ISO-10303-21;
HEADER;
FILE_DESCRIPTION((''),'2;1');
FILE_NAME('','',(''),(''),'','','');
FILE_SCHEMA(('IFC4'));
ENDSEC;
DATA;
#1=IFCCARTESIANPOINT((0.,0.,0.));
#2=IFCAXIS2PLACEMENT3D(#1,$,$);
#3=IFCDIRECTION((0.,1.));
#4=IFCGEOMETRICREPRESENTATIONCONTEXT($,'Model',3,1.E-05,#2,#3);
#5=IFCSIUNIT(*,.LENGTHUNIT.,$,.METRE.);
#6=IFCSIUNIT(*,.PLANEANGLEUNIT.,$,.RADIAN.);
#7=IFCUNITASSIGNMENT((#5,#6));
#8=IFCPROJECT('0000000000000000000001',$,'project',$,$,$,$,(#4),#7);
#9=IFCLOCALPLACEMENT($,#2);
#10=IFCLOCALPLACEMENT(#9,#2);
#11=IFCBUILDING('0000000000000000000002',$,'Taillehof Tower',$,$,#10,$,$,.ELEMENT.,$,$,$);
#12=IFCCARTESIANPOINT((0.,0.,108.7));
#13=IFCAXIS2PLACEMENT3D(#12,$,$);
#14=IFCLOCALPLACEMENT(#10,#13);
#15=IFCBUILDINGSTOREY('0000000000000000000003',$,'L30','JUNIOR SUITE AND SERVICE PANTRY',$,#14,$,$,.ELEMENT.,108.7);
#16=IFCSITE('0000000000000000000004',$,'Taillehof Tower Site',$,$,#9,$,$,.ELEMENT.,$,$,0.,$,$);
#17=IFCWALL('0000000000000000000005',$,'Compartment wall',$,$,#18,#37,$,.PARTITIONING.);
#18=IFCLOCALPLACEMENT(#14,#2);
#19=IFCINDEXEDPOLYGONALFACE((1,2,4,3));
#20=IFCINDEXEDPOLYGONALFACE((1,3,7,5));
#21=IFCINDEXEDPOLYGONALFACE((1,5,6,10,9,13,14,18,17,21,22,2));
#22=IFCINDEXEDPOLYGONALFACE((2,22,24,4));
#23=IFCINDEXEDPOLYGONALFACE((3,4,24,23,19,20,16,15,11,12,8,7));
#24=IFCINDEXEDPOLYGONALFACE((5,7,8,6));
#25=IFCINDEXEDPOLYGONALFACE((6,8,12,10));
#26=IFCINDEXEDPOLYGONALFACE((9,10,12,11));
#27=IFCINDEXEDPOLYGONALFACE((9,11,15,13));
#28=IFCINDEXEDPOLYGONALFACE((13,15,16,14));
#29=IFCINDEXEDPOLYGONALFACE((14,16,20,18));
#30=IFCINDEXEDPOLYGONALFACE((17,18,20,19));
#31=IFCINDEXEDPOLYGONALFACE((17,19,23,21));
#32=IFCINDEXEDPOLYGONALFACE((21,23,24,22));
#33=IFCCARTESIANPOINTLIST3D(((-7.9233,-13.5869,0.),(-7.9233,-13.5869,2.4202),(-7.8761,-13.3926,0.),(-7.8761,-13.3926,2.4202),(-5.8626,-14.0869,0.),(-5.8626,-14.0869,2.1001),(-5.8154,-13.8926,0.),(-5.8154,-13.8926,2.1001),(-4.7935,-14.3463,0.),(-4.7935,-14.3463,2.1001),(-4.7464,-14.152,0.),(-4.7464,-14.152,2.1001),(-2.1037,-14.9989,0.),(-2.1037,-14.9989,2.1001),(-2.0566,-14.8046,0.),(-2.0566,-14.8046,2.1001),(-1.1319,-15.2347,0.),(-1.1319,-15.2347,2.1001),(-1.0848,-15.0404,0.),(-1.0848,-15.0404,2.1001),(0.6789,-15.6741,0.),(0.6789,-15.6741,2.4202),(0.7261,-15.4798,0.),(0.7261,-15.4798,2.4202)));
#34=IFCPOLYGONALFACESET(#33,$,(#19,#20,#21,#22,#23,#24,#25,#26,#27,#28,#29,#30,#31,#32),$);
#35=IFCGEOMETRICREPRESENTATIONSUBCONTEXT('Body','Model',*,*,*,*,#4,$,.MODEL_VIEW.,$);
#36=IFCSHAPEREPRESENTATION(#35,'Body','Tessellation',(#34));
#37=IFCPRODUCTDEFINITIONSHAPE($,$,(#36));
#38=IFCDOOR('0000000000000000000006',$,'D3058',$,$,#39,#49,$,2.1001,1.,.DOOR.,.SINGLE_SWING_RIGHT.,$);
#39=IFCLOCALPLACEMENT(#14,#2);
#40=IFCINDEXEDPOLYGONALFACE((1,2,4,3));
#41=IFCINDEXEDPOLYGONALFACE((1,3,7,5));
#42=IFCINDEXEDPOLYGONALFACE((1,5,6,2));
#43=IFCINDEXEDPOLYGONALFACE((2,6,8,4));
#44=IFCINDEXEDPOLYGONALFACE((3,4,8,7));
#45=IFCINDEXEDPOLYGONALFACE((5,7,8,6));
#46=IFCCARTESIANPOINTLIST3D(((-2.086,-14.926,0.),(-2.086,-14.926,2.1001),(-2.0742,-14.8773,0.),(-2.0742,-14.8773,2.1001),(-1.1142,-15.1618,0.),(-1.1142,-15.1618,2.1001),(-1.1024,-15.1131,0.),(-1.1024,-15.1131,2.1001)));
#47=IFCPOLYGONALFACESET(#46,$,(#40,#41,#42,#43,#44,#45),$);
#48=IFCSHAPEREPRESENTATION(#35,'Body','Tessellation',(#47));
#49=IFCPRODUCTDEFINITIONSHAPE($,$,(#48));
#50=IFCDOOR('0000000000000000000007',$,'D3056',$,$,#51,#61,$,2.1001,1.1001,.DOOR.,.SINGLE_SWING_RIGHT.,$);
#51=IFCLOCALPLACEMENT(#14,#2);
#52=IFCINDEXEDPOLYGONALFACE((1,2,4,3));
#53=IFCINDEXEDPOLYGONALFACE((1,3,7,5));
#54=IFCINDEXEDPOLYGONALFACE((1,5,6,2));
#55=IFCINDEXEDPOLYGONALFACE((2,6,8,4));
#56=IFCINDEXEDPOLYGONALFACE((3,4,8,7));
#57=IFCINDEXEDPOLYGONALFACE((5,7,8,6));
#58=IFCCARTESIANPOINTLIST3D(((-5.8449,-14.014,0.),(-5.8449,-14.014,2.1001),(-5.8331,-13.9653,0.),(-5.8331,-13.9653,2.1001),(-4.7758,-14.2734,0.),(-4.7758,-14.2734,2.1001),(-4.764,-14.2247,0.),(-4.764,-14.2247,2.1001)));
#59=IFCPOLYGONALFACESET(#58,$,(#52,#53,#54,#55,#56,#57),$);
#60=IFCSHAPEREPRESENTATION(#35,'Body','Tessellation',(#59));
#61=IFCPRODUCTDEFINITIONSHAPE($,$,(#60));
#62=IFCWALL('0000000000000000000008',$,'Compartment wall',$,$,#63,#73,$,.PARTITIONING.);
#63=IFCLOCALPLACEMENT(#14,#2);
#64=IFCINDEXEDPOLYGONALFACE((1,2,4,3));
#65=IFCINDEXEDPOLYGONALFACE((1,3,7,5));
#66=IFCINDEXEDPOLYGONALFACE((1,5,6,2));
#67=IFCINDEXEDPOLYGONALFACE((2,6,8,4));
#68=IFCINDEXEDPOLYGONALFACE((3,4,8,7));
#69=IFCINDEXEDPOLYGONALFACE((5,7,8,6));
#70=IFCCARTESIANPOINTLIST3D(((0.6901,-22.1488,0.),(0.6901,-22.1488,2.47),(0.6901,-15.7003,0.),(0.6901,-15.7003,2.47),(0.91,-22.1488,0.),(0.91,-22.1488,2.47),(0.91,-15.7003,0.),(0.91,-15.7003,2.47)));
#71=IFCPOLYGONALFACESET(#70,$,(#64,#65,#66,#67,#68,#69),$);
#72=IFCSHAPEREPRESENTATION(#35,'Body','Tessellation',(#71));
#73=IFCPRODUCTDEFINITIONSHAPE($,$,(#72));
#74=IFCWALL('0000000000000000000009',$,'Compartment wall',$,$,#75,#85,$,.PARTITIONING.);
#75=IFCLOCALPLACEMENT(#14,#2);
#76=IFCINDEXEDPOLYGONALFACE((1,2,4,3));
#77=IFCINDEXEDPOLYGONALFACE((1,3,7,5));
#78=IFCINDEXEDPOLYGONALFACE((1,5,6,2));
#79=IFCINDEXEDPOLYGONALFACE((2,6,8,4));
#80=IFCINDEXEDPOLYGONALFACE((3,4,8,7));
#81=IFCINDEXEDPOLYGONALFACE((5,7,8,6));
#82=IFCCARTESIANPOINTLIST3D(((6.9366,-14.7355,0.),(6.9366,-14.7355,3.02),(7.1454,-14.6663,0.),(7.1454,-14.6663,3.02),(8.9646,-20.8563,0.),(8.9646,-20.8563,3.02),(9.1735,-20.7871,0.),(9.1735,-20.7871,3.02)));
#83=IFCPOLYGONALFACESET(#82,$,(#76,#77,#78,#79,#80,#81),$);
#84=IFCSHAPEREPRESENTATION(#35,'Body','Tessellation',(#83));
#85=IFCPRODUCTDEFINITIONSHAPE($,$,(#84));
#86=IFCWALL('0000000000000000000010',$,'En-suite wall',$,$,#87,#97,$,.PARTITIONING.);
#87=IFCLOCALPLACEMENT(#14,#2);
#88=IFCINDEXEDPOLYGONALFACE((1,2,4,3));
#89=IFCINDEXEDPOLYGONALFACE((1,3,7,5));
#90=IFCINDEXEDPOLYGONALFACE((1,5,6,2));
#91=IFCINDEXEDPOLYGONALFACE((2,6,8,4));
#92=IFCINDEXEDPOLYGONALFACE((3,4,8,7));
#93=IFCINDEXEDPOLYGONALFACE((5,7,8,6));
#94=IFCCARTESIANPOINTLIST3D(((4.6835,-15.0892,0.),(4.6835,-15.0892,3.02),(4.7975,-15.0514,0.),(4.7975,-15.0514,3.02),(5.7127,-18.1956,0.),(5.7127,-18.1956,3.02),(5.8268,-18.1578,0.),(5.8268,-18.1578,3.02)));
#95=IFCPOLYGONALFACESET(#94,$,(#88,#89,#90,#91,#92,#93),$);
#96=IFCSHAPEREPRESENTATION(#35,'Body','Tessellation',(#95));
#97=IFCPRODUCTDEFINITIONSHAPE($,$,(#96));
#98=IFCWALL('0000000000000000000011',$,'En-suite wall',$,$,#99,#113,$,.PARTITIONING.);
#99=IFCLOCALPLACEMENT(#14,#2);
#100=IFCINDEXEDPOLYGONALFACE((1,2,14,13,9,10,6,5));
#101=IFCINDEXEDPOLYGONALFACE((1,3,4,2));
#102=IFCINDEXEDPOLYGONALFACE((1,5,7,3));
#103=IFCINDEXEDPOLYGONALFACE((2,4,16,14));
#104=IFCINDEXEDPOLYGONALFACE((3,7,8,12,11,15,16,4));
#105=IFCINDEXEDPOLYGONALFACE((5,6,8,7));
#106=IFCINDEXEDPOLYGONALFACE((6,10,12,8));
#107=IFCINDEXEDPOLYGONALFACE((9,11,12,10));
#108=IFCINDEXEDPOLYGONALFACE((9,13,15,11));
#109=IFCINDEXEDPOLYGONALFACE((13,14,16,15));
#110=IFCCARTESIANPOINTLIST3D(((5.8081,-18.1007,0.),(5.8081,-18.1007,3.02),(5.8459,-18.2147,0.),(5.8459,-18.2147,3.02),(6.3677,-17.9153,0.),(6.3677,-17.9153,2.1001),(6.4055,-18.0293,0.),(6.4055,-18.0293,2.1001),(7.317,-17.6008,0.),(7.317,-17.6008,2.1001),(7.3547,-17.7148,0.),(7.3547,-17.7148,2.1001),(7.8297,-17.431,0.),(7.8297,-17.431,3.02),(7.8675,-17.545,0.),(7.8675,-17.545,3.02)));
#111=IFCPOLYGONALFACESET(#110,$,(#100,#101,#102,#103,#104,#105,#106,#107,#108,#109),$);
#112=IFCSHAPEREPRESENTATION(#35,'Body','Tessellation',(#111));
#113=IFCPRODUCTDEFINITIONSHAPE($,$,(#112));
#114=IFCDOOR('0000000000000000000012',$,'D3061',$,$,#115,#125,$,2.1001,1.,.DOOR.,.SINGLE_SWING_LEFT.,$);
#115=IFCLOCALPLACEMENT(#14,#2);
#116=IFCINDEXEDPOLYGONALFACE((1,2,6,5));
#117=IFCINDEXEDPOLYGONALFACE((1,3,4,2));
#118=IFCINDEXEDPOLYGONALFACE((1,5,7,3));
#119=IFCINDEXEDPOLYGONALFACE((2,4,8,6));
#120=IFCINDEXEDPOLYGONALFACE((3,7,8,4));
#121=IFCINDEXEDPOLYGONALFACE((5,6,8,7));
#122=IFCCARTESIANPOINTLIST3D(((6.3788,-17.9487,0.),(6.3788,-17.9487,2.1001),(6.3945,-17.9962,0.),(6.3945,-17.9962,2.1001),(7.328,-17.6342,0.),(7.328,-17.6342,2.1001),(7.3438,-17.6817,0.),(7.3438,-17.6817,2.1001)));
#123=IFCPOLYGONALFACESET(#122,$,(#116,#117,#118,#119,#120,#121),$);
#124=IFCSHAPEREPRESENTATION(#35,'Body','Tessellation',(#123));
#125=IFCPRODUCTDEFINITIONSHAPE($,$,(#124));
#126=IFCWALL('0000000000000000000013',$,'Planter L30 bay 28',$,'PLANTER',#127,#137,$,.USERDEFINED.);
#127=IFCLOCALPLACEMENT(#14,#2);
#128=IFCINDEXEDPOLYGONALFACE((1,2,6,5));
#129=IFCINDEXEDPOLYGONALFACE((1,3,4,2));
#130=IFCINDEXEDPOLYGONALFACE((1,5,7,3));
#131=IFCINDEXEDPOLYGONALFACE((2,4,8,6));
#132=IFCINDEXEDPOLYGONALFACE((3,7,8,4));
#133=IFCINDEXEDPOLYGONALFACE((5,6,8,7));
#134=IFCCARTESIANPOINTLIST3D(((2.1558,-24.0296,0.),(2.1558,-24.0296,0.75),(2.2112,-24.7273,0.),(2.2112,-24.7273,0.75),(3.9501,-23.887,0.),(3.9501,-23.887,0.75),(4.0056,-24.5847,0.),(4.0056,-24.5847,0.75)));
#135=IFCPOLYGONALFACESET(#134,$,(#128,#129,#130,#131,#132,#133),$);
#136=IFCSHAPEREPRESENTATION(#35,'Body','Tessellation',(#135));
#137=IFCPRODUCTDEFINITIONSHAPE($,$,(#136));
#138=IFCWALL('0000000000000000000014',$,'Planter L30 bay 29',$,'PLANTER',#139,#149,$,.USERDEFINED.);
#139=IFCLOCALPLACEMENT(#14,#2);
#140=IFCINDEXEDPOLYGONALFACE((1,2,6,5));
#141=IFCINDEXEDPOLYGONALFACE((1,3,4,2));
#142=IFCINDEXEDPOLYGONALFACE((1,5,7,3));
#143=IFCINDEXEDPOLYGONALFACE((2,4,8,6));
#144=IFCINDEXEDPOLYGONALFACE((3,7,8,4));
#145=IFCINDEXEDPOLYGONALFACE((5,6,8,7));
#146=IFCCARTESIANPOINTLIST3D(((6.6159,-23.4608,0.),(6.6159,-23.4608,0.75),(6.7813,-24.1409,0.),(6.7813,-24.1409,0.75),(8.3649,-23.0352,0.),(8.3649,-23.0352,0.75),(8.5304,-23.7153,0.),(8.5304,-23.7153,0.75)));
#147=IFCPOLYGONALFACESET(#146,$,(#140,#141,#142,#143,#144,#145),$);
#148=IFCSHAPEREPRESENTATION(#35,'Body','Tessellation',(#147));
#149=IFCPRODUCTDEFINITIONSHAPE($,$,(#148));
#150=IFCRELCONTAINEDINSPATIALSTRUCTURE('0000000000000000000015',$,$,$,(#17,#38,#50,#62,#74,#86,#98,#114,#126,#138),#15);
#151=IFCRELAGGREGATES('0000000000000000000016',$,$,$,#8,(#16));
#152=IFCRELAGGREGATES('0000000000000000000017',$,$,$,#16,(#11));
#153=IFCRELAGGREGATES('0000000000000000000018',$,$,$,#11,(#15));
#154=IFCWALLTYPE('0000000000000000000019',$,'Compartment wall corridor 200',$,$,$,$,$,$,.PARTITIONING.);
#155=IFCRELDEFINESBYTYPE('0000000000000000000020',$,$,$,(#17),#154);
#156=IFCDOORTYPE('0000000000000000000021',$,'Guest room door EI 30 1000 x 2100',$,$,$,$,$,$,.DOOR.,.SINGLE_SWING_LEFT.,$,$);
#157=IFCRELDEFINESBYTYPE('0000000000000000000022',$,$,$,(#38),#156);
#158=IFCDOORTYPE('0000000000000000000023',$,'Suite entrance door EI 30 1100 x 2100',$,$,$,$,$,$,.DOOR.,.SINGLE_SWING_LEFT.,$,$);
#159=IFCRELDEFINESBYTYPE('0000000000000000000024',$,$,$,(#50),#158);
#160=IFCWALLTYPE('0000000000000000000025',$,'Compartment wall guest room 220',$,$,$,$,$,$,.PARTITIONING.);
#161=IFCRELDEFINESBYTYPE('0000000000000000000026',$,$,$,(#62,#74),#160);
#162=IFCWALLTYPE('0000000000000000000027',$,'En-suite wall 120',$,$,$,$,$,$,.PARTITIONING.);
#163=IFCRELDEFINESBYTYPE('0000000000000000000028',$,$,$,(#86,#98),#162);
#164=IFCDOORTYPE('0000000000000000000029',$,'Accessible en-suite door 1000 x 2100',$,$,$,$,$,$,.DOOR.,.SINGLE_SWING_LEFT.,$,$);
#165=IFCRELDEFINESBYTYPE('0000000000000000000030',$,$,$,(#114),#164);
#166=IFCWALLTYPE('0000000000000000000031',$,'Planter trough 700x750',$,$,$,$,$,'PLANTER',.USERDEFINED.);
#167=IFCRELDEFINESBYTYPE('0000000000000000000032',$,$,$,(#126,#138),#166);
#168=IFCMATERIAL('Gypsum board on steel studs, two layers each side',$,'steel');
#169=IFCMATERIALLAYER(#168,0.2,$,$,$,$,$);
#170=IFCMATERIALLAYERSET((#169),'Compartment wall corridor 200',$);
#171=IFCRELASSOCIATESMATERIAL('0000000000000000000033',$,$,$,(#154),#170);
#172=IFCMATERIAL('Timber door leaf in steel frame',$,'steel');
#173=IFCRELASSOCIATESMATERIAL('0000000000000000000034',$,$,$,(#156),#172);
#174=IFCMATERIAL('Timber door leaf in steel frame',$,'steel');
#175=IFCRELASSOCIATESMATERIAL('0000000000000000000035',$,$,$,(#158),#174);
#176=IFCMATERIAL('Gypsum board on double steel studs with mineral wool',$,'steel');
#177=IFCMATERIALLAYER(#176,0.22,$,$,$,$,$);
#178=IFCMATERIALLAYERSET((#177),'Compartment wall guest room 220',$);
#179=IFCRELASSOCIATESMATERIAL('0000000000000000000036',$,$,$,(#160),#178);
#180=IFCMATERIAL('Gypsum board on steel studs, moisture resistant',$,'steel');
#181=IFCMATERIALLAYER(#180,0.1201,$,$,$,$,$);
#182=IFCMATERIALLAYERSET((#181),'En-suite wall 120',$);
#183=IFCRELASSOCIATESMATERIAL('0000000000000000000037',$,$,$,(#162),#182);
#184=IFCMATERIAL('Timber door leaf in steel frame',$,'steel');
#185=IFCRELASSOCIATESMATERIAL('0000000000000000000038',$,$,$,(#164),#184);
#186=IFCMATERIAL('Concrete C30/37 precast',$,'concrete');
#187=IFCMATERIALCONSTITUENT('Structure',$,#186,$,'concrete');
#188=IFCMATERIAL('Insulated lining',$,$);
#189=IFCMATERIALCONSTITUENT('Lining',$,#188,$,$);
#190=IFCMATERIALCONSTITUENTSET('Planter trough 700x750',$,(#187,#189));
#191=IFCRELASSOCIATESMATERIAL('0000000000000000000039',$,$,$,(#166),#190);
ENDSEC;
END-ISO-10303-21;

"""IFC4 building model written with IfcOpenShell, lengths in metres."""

from ifc_helpers import new_model, si_unit, direction, frame, frame_2d, origin, place, context, subcontext, project, spatial, rectangle, extrude, material, layer, layer_set, constituent, constituent_set, type_object, element, fill, save


model = new_model("IFC4")

# Units and contexts
model_context = context("Model", 3, precision=1e-05, world=origin(), true_north=direction((0.0, 1.0)))
body_context = subcontext(model_context, "Body", "Model", "MODEL_VIEW")
ifc_project = project(units=[si_unit("LENGTHUNIT", "METRE"), si_unit("PLANEANGLEUNIT", "RADIAN")], contexts=[model_context])

# Site, building, storey
site_placement = place(None, origin())
site = spatial("IfcSite", under=ifc_project, at=site_placement, Name="Taillehof Tower Site", CompositionType="ELEMENT", RefElevation=0.0)
building_placement = place(site_placement, origin())
building = spatial("IfcBuilding", under=site, at=building_placement, Name="Taillehof Tower", CompositionType="ELEMENT")
storey_placement = place(building_placement, frame((0.0, 0.0, 108.7)))
storey = spatial("IfcBuildingStorey", under=building, at=storey_placement, Name="L30", Description="JUNIOR SUITE AND SERVICE PANTRY", CompositionType="ELEMENT", Elevation=108.7)

# Wall, openings, doors
ifc_material_1 = material(Name="Gypsum board on steel studs, two layers each side", Category="steel")
ifc_layer_1 = layer(ifc_material_1, 0.2)
ifc_layer_set_1 = layer_set([ifc_layer_1], Name="Compartment wall corridor 200")
wall_type_1 = type_object("IfcWallType", Name="Compartment wall corridor 200", PredefinedType="PARTITIONING", material=ifc_layer_set_1)
wall_1_placement = place(storey_placement, frame((0.7024, -15.5769, 0.0), z_axis=(0.0, 0.0, 1.0), x_axis=(-0.971805, 0.235787, 0.0)))
wall_1 = element("IfcWall", 1, at=wall_1_placement, inside=storey, type_object=wall_type_1, Name="Compartment wall", PredefinedType="PARTITIONING", context=body_context, shape_type="SweptSolid", body=[
    extrude(rectangle(XDim=8.8518, YDim=0.2, at=frame_2d((4.4258, 0.0))), origin(), (0.0, 0.0, 1.0), 2.4202),
])
opening_1_placement = place(wall_1_placement, frame((5.6311, 0.0, 0.0)))
opening_1 = element("IfcOpeningElement", 2, at=opening_1_placement, cuts=wall_1, PredefinedType="OPENING", context=body_context, shape_type="SweptSolid", body=[
    extrude(rectangle(XDim=1.1001, YDim=2.1001, at=frame_2d((0.55, 1.05))), frame((0.0, 0.1099, 0.0), z_axis=(0.0, -1.0, 0.0), x_axis=(1.0, 0.0, 0.0)), (0.0, 0.0, 1.0), 0.22),
])
opening_2_placement = place(wall_1_placement, frame((1.8633, 0.0, 0.0)))
opening_2 = element("IfcOpeningElement", 3, at=opening_2_placement, cuts=wall_1, PredefinedType="OPENING", context=body_context, shape_type="SweptSolid", body=[
    extrude(rectangle(XDim=1.0, YDim=2.1001, at=frame_2d((0.5, 1.05))), frame((0.0, 0.1099, 0.0), z_axis=(0.0, -1.0, 0.0), x_axis=(1.0, 0.0, 0.0)), (0.0, 0.0, 1.0), 0.22),
])
ifc_material_2 = material(Name="Timber door leaf in steel frame", Category="steel")
door_type_1 = type_object("IfcDoorType", Name="Guest room door EI 30 1000 x 2100", OperationType="SINGLE_SWING_LEFT", PredefinedType="DOOR", material=ifc_material_2)
door_1_placement = place(opening_2_placement, origin())
door_1 = element("IfcDoor", 4, at=door_1_placement, inside=storey, type_object=door_type_1, Name="D3058", OperationType="SINGLE_SWING_RIGHT", OverallHeight=2.1001, OverallWidth=1.0, PredefinedType="DOOR", context=body_context, shape_type="SweptSolid", body=[
    extrude(rectangle(XDim=1.0, YDim=2.1001, at=frame_2d((0.5, 1.05))), frame((0.0, 0.0249, 0.0), z_axis=(0.0, -1.0, 0.0), x_axis=(1.0, 0.0, 0.0)), (0.0, 0.0, 1.0), 0.05),
])
fill(opening_2, door_1)
ifc_material_3 = material(Name="Timber door leaf in steel frame", Category="steel")
door_type_2 = type_object("IfcDoorType", Name="Suite entrance door EI 30 1100 x 2100", OperationType="SINGLE_SWING_LEFT", PredefinedType="DOOR", material=ifc_material_3)
door_2_placement = place(opening_1_placement, origin())
door_2 = element("IfcDoor", 5, at=door_2_placement, inside=storey, type_object=door_type_2, Name="D3056", OperationType="SINGLE_SWING_RIGHT", OverallHeight=2.1001, OverallWidth=1.1001, PredefinedType="DOOR", context=body_context, shape_type="SweptSolid", body=[
    extrude(rectangle(XDim=1.1001, YDim=2.1001, at=frame_2d((0.55, 1.05))), frame((0.0, 0.0249, 0.0), z_axis=(0.0, -1.0, 0.0), x_axis=(1.0, 0.0, 0.0)), (0.0, 0.0, 1.0), 0.05),
])
fill(opening_1, door_2)

# Walls
ifc_material_4 = material(Name="Gypsum board on double steel studs with mineral wool", Category="steel")
ifc_layer_2 = layer(ifc_material_4, 0.22)
ifc_layer_set_2 = layer_set([ifc_layer_2], Name="Compartment wall guest room 220")
wall_type_2 = type_object("IfcWallType", Name="Compartment wall guest room 220", PredefinedType="PARTITIONING", material=ifc_layer_set_2)
wall_2_placement = place(storey_placement, frame((0.8, -22.1487, 0.0), z_axis=(0.0, 0.0, 1.0), x_axis=(0.0, 1.0, 0.0)))
element("IfcWall", 6, at=wall_2_placement, inside=storey, type_object=wall_type_2, Name="Compartment wall", PredefinedType="PARTITIONING", context=body_context, shape_type="SweptSolid", body=[
    extrude(rectangle(XDim=6.4485, YDim=0.22, at=frame_2d((3.2241, 0.0))), origin(), (0.0, 0.0, 1.0), 2.47),
])
wall_3_placement = place(storey_placement, frame((9.0691, -20.8218, 0.0), z_axis=(0.0, 0.0, 1.0), x_axis=(-0.314523, 0.94925, 0.0)))
element("IfcWall", 7, at=wall_3_placement, inside=storey, type_object=wall_type_2, Name="Compartment wall", PredefinedType="PARTITIONING", context=body_context, shape_type="SweptSolid", body=[
    extrude(rectangle(XDim=6.448, YDim=0.22, at=frame_2d((3.2241, 0.0))), origin(), (0.0, 0.0, 1.0), 3.02),
])
ifc_material_5 = material(Name="Gypsum board on steel studs, moisture resistant", Category="steel")
ifc_layer_3 = layer(ifc_material_5, 0.1201)
ifc_layer_set_3 = layer_set([ifc_layer_3], Name="En-suite wall 120")
wall_type_3 = type_object("IfcWallType", Name="En-suite wall 120", PredefinedType="PARTITIONING", material=ifc_layer_set_3)
wall_4_placement = place(storey_placement, frame((4.7405, -15.0703, 0.0), z_axis=(0.0, 0.0, 1.0), x_axis=(0.314526, -0.949249, 0.0)))
element("IfcWall", 8, at=wall_4_placement, inside=storey, type_object=wall_type_3, Name="En-suite wall", PredefinedType="PARTITIONING", context=body_context, shape_type="SweptSolid", body=[
    extrude(rectangle(XDim=3.2725, YDim=0.1201, at=frame_2d((1.6362, 0.0))), origin(), (0.0, 0.0, 1.0), 3.02),
])

# Wall, opening, door
wall_5_placement = place(storey_placement, frame((5.8269, -18.1577, 0.0), z_axis=(0.0, 0.0, 1.0), x_axis=(0.949266, 0.314473, 0.0)))
wall_5 = element("IfcWall", 9, at=wall_5_placement, inside=storey, type_object=wall_type_3, Name="En-suite wall", PredefinedType="PARTITIONING", context=body_context, shape_type="SweptSolid", body=[
    extrude(rectangle(XDim=2.1296, YDim=0.1201, at=frame_2d((1.0649, 0.0))), origin(), (0.0, 0.0, 1.0), 3.02),
])
opening_3_placement = place(wall_5_placement, frame((0.5896, 0.0, 0.0)))
opening_3 = element("IfcOpeningElement", 10, at=opening_3_placement, cuts=wall_5, PredefinedType="OPENING", context=body_context, shape_type="SweptSolid", body=[
    extrude(rectangle(XDim=1.0, YDim=2.1001, at=frame_2d((0.5, 1.05))), frame((0.0, 0.0701, 0.0), z_axis=(0.0, -1.0, 0.0), x_axis=(1.0, 0.0, 0.0)), (0.0, 0.0, 1.0), 0.1401),
])
ifc_material_6 = material(Name="Timber door leaf in steel frame", Category="steel")
door_type_3 = type_object("IfcDoorType", Name="Accessible en-suite door 1000 x 2100", OperationType="SINGLE_SWING_LEFT", PredefinedType="DOOR", material=ifc_material_6)
door_3_placement = place(opening_3_placement, origin())
door_3 = element("IfcDoor", 11, at=door_3_placement, inside=storey, type_object=door_type_3, Name="D3061", OperationType="SINGLE_SWING_LEFT", OverallHeight=2.1001, OverallWidth=1.0, PredefinedType="DOOR", context=body_context, shape_type="SweptSolid", body=[
    extrude(rectangle(XDim=1.0, YDim=2.1001, at=frame_2d((0.5, 1.05))), frame((0.0, 0.0249, 0.0), z_axis=(0.0, -1.0, 0.0), x_axis=(1.0, 0.0, 0.0)), (0.0, 0.0, 1.0), 0.05),
])
fill(opening_3, door_3)

# Walls
ifc_material_7 = material(Name="Concrete C30/37 precast", Category="concrete")
ifc_constituent_1 = constituent(ifc_material_7, Name="Structure", Category="concrete")
ifc_material_8 = material(Name="Insulated lining")
ifc_constituent_2 = constituent(ifc_material_8, Name="Lining")
ifc_constituent_set = constituent_set(constituents=[ifc_constituent_1, ifc_constituent_2], Name="Planter trough 700x750")
wall_type_4 = type_object("IfcWallType", Name="Planter trough 700x750", ElementType="PLANTER", PredefinedType="USERDEFINED", material=ifc_constituent_set)
for number, where, z_axis, x_axis, name in (
    (12, (2.1836, -24.3784, 0.0), (0.0, 0.0, 1.0), (0.996858, 0.079206, 0.0), "Planter L30 bay 28"),
    (13, (6.6987, -23.8008, 0.0), (0.0, 0.0, 1.0), (0.971655, 0.236403, 0.0), "Planter L30 bay 29"),
):
    element("IfcWall", number, at=place(storey_placement, frame(where, z_axis=z_axis, x_axis=x_axis)), inside=storey, type_object=wall_type_4, Name=name, ObjectType="PLANTER", PredefinedType="USERDEFINED", context=body_context, shape_type="SweptSolid", body=[
        extrude(rectangle(XDim=1.8, YDim=0.7, at=frame_2d((0.8999, 0.0))), origin(), (0.0, 0.0, 1.0), 0.75),
    ])

save(model, "model.ifc")
